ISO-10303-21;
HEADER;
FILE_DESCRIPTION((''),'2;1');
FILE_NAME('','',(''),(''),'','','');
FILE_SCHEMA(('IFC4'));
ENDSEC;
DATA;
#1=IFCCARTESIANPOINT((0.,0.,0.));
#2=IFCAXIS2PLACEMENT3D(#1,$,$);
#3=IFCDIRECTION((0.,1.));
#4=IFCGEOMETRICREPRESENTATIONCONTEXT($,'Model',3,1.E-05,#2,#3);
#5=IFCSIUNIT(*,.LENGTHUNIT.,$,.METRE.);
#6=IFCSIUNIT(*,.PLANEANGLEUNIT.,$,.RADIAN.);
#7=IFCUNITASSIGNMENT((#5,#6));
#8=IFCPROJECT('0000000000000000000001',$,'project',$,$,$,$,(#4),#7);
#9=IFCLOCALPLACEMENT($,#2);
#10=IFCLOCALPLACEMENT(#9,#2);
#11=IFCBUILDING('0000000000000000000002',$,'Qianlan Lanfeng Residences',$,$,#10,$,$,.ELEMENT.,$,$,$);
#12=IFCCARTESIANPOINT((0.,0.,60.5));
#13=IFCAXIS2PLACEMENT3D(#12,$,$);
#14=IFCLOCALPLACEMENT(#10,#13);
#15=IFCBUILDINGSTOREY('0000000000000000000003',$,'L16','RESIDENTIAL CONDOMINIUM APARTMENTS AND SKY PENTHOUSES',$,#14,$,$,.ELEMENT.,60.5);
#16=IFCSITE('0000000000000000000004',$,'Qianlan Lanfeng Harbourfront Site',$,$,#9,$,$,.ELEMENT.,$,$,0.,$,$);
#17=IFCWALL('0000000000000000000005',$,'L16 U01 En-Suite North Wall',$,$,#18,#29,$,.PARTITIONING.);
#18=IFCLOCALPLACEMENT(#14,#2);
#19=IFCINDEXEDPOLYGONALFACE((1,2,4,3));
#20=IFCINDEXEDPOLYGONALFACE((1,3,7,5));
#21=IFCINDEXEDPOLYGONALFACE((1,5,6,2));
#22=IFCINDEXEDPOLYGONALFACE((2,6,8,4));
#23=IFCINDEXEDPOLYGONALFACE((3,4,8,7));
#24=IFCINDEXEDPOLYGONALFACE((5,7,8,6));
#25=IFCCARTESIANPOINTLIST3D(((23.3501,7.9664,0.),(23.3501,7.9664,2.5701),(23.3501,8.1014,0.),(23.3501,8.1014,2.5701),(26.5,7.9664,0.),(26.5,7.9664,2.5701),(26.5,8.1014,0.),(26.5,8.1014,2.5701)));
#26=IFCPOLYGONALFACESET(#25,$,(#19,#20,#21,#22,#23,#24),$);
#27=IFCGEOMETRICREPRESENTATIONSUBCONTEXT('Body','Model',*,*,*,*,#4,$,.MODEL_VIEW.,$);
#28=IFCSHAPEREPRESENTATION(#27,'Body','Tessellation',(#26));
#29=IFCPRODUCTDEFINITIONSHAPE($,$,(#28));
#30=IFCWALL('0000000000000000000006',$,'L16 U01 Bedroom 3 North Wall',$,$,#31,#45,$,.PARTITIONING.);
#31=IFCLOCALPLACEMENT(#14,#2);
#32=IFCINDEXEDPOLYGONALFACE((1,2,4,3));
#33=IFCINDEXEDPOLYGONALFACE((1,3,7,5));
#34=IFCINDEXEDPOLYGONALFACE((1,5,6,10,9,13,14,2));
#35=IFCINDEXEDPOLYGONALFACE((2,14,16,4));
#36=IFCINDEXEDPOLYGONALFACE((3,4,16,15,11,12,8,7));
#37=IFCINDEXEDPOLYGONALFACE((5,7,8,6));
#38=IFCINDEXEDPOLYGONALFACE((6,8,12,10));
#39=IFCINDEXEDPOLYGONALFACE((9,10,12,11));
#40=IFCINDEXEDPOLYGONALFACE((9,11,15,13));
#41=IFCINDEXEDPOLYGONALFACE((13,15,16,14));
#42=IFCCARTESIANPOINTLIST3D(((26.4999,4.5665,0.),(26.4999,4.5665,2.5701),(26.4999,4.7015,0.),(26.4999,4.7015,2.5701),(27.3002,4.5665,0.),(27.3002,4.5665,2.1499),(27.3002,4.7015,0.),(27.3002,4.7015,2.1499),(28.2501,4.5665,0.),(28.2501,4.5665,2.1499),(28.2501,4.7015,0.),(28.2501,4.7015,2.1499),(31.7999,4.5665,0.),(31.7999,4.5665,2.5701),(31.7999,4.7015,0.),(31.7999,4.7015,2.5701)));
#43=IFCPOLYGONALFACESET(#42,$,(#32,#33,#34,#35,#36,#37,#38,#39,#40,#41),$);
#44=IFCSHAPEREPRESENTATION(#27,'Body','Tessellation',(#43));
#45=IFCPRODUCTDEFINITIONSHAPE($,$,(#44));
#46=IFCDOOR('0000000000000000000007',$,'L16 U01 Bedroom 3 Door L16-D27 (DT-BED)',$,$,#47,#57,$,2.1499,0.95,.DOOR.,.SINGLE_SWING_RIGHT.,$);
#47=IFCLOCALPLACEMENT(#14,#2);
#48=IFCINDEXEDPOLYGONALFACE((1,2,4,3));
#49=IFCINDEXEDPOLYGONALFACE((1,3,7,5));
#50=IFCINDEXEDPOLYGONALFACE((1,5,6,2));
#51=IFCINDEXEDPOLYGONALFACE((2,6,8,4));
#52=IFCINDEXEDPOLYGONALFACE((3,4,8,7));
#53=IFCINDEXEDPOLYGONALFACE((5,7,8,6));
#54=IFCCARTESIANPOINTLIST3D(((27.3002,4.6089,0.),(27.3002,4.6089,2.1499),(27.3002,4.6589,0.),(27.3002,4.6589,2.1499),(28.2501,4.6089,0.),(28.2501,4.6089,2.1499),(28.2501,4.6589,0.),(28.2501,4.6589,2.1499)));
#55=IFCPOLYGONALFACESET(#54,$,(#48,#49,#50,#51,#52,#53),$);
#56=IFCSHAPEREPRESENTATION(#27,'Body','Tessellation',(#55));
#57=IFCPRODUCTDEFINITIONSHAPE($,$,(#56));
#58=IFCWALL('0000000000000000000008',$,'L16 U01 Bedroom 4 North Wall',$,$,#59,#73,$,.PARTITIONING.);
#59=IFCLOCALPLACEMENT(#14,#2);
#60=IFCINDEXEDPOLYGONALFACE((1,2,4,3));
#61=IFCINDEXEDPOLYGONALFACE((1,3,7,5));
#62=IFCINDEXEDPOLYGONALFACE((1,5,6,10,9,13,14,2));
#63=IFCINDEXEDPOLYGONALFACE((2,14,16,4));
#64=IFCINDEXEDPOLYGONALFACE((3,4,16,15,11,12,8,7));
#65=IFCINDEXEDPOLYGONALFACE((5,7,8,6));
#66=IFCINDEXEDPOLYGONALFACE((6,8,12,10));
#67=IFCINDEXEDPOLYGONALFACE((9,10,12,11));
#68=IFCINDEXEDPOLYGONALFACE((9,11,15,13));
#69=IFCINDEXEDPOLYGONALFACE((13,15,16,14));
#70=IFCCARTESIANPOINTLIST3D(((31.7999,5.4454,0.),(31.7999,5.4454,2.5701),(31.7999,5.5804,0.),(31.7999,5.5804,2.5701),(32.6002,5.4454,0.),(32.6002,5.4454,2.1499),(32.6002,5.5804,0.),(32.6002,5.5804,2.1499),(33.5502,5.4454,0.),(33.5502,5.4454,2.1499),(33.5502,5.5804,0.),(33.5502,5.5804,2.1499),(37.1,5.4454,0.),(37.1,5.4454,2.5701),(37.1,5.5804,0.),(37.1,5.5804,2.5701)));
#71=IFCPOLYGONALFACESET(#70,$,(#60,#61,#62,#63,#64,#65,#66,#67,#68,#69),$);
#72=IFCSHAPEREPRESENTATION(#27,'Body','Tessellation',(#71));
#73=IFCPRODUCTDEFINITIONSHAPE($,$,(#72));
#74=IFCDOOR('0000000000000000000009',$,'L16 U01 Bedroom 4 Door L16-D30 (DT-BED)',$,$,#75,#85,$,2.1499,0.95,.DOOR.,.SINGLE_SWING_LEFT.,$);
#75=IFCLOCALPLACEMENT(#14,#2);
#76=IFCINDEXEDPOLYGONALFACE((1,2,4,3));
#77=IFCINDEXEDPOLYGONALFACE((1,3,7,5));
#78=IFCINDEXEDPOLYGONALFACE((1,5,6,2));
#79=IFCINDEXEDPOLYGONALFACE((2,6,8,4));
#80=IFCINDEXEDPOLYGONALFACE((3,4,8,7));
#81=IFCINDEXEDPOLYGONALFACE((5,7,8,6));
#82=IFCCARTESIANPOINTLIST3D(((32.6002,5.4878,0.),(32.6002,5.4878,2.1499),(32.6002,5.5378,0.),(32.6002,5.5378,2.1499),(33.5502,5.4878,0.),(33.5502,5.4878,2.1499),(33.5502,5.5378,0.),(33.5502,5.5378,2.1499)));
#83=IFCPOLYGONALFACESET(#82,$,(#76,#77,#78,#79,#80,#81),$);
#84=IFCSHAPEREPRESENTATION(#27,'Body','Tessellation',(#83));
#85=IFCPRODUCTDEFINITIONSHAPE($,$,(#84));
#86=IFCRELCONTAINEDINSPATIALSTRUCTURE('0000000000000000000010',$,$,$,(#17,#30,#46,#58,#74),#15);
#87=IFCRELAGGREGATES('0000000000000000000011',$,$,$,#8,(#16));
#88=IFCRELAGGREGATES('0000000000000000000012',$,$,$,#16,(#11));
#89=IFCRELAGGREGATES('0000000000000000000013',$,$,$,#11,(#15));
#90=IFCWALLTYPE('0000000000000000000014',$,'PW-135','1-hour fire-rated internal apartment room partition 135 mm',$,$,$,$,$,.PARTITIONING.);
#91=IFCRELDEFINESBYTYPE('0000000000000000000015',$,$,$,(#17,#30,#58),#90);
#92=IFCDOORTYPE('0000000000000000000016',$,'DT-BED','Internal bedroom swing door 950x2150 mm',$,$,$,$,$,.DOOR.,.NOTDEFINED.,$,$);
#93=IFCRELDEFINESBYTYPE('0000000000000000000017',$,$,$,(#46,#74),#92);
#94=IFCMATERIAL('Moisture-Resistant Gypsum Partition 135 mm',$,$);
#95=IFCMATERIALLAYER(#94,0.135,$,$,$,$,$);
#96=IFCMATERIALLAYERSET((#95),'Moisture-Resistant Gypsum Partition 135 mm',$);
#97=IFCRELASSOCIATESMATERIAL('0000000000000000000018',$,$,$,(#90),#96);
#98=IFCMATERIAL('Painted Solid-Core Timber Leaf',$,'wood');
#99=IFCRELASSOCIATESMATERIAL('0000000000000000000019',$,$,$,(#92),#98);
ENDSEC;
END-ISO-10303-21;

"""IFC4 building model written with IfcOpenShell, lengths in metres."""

from ifc_helpers import new_model, si_unit, direction, frame, frame_2d, origin, place, context, subcontext, project, spatial, rectangle, extrude, material, layer, layer_set, type_object, element, fill, save


model = new_model("IFC4")

# Units and contexts
model_context = context("Model", 3, precision=1e-05, world=origin(), true_north=direction((0.0, 1.0)))
body_context = subcontext(model_context, "Body", "Model", "MODEL_VIEW")
ifc_project = project(units=[si_unit("LENGTHUNIT", "METRE"), si_unit("PLANEANGLEUNIT", "RADIAN")], contexts=[model_context])

# Site, building, storey
site_placement = place(None, origin())
site = spatial("IfcSite", under=ifc_project, at=site_placement, Name="Qianlan Lanfeng Harbourfront Site", CompositionType="ELEMENT", RefElevation=0.0)
building_placement = place(site_placement, origin())
building = spatial("IfcBuilding", under=site, at=building_placement, Name="Qianlan Lanfeng Residences", CompositionType="ELEMENT")
storey_placement = place(building_placement, frame((0.0, 0.0, 60.5)))
storey = spatial("IfcBuildingStorey", under=building, at=storey_placement, Name="L16", Description="RESIDENTIAL CONDOMINIUM APARTMENTS AND SKY PENTHOUSES", CompositionType="ELEMENT", Elevation=60.5)

# Shared definitions
ifc_material_1 = material(Name="Moisture-Resistant Gypsum Partition 135 mm")
ifc_layer_1 = layer(ifc_material_1, 0.135)
ifc_layer_set_1 = layer_set([ifc_layer_1], Name="Moisture-Resistant Gypsum Partition 135 mm")
wall_type_1 = type_object("IfcWallType", Name="PW-135", Description="1-hour fire-rated internal apartment room partition 135 mm", PredefinedType="PARTITIONING", material=ifc_layer_set_1)
ifc_material_2 = material(Name="Painted Solid-Core Timber Leaf", Category="wood")
door_type_1 = type_object("IfcDoorType", Name="DT-BED", Description="Internal bedroom swing door 950x2150 mm", OperationType="NOTDEFINED", PredefinedType="DOOR", material=ifc_material_2)

# Wall
wall_1_placement = place(storey_placement, frame((23.3501, 8.0339, 0.0), z_axis=(0.0, 0.0, 1.0), x_axis=(1.0, 0.0, 0.0)))
element("IfcWall", 1, at=wall_1_placement, inside=storey, type_object=wall_type_1, Name="L16 U01 En-Suite North Wall", PredefinedType="PARTITIONING", context=body_context, shape_type="SweptSolid", body=[
    extrude(rectangle(XDim=3.1499, YDim=0.135, at=frame_2d((1.575, 0.0))), origin(), (0.0, 0.0, 1.0), 2.5701),
])

# Walls, openings, doors
wall_2_placement = place(storey_placement, frame((26.5, 4.634, 0.0), z_axis=(0.0, 0.0, 1.0), x_axis=(1.0, 0.0, 0.0)))
wall_2 = element("IfcWall", 2, at=wall_2_placement, inside=storey, type_object=wall_type_1, Name="L16 U01 Bedroom 3 North Wall", PredefinedType="PARTITIONING", context=body_context, shape_type="SweptSolid", body=[
    extrude(rectangle(XDim=5.3, YDim=0.135, at=frame_2d((2.6499, 0.0))), origin(), (0.0, 0.0, 1.0), 2.5701),
])
opening_1_placement = place(wall_2_placement, frame((0.8, 0.0, 0.0)))
opening_1 = element("IfcOpeningElement", 3, at=opening_1_placement, cuts=wall_2, PredefinedType="OPENING", context=body_context, shape_type="SweptSolid", body=[
    extrude(rectangle(XDim=0.95, YDim=2.1499, at=frame_2d((0.4751, 1.075))), frame((0.0, 0.0776, 0.0), z_axis=(0.0, -1.0, 0.0), x_axis=(1.0, 0.0, 0.0)), (0.0, 0.0, 1.0), 0.155),
])
door_1_placement = place(opening_1_placement, origin())
door_1 = element("IfcDoor", 4, at=door_1_placement, inside=storey, type_object=door_type_1, Name="L16 U01 Bedroom 3 Door L16-D27 (DT-BED)", OperationType="SINGLE_SWING_RIGHT", OverallHeight=2.1499, OverallWidth=0.95, PredefinedType="DOOR", context=body_context, shape_type="SweptSolid", body=[
    extrude(rectangle(XDim=0.95, YDim=2.1499, at=frame_2d((0.4751, 1.075))), frame((0.0, 0.0249, 0.0), z_axis=(0.0, -1.0, 0.0), x_axis=(1.0, 0.0, 0.0)), (0.0, 0.0, 1.0), 0.05),
])
fill(opening_1, door_1)
wall_3_placement = place(storey_placement, frame((31.8, 5.5129, 0.0), z_axis=(0.0, 0.0, 1.0), x_axis=(1.0, 0.0, 0.0)))
wall_3 = element("IfcWall", 5, at=wall_3_placement, inside=storey, type_object=wall_type_1, Name="L16 U01 Bedroom 4 North Wall", PredefinedType="PARTITIONING", context=body_context, shape_type="SweptSolid", body=[
    extrude(rectangle(XDim=5.3, YDim=0.135, at=frame_2d((2.6499, 0.0))), origin(), (0.0, 0.0, 1.0), 2.5701),
])
opening_2_placement = place(wall_3_placement, frame((0.8, 0.0, 0.0)))
opening_2 = element("IfcOpeningElement", 6, at=opening_2_placement, cuts=wall_3, PredefinedType="OPENING", context=body_context, shape_type="SweptSolid", body=[
    extrude(rectangle(XDim=0.95, YDim=2.1499, at=frame_2d((0.4751, 1.075))), frame((0.0, 0.0776, 0.0), z_axis=(0.0, -1.0, 0.0), x_axis=(1.0, 0.0, 0.0)), (0.0, 0.0, 1.0), 0.155),
])
door_2_placement = place(opening_2_placement, origin())
door_2 = element("IfcDoor", 7, at=door_2_placement, inside=storey, type_object=door_type_1, Name="L16 U01 Bedroom 4 Door L16-D30 (DT-BED)", OperationType="SINGLE_SWING_LEFT", OverallHeight=2.1499, OverallWidth=0.95, PredefinedType="DOOR", context=body_context, shape_type="SweptSolid", body=[
    extrude(rectangle(XDim=0.95, YDim=2.1499, at=frame_2d((0.4751, 1.075))), frame((0.0, 0.0249, 0.0), z_axis=(0.0, -1.0, 0.0), x_axis=(1.0, 0.0, 0.0)), (0.0, 0.0, 1.0), 0.05),
])
fill(opening_2, door_2)

save(model, "model.ifc")
